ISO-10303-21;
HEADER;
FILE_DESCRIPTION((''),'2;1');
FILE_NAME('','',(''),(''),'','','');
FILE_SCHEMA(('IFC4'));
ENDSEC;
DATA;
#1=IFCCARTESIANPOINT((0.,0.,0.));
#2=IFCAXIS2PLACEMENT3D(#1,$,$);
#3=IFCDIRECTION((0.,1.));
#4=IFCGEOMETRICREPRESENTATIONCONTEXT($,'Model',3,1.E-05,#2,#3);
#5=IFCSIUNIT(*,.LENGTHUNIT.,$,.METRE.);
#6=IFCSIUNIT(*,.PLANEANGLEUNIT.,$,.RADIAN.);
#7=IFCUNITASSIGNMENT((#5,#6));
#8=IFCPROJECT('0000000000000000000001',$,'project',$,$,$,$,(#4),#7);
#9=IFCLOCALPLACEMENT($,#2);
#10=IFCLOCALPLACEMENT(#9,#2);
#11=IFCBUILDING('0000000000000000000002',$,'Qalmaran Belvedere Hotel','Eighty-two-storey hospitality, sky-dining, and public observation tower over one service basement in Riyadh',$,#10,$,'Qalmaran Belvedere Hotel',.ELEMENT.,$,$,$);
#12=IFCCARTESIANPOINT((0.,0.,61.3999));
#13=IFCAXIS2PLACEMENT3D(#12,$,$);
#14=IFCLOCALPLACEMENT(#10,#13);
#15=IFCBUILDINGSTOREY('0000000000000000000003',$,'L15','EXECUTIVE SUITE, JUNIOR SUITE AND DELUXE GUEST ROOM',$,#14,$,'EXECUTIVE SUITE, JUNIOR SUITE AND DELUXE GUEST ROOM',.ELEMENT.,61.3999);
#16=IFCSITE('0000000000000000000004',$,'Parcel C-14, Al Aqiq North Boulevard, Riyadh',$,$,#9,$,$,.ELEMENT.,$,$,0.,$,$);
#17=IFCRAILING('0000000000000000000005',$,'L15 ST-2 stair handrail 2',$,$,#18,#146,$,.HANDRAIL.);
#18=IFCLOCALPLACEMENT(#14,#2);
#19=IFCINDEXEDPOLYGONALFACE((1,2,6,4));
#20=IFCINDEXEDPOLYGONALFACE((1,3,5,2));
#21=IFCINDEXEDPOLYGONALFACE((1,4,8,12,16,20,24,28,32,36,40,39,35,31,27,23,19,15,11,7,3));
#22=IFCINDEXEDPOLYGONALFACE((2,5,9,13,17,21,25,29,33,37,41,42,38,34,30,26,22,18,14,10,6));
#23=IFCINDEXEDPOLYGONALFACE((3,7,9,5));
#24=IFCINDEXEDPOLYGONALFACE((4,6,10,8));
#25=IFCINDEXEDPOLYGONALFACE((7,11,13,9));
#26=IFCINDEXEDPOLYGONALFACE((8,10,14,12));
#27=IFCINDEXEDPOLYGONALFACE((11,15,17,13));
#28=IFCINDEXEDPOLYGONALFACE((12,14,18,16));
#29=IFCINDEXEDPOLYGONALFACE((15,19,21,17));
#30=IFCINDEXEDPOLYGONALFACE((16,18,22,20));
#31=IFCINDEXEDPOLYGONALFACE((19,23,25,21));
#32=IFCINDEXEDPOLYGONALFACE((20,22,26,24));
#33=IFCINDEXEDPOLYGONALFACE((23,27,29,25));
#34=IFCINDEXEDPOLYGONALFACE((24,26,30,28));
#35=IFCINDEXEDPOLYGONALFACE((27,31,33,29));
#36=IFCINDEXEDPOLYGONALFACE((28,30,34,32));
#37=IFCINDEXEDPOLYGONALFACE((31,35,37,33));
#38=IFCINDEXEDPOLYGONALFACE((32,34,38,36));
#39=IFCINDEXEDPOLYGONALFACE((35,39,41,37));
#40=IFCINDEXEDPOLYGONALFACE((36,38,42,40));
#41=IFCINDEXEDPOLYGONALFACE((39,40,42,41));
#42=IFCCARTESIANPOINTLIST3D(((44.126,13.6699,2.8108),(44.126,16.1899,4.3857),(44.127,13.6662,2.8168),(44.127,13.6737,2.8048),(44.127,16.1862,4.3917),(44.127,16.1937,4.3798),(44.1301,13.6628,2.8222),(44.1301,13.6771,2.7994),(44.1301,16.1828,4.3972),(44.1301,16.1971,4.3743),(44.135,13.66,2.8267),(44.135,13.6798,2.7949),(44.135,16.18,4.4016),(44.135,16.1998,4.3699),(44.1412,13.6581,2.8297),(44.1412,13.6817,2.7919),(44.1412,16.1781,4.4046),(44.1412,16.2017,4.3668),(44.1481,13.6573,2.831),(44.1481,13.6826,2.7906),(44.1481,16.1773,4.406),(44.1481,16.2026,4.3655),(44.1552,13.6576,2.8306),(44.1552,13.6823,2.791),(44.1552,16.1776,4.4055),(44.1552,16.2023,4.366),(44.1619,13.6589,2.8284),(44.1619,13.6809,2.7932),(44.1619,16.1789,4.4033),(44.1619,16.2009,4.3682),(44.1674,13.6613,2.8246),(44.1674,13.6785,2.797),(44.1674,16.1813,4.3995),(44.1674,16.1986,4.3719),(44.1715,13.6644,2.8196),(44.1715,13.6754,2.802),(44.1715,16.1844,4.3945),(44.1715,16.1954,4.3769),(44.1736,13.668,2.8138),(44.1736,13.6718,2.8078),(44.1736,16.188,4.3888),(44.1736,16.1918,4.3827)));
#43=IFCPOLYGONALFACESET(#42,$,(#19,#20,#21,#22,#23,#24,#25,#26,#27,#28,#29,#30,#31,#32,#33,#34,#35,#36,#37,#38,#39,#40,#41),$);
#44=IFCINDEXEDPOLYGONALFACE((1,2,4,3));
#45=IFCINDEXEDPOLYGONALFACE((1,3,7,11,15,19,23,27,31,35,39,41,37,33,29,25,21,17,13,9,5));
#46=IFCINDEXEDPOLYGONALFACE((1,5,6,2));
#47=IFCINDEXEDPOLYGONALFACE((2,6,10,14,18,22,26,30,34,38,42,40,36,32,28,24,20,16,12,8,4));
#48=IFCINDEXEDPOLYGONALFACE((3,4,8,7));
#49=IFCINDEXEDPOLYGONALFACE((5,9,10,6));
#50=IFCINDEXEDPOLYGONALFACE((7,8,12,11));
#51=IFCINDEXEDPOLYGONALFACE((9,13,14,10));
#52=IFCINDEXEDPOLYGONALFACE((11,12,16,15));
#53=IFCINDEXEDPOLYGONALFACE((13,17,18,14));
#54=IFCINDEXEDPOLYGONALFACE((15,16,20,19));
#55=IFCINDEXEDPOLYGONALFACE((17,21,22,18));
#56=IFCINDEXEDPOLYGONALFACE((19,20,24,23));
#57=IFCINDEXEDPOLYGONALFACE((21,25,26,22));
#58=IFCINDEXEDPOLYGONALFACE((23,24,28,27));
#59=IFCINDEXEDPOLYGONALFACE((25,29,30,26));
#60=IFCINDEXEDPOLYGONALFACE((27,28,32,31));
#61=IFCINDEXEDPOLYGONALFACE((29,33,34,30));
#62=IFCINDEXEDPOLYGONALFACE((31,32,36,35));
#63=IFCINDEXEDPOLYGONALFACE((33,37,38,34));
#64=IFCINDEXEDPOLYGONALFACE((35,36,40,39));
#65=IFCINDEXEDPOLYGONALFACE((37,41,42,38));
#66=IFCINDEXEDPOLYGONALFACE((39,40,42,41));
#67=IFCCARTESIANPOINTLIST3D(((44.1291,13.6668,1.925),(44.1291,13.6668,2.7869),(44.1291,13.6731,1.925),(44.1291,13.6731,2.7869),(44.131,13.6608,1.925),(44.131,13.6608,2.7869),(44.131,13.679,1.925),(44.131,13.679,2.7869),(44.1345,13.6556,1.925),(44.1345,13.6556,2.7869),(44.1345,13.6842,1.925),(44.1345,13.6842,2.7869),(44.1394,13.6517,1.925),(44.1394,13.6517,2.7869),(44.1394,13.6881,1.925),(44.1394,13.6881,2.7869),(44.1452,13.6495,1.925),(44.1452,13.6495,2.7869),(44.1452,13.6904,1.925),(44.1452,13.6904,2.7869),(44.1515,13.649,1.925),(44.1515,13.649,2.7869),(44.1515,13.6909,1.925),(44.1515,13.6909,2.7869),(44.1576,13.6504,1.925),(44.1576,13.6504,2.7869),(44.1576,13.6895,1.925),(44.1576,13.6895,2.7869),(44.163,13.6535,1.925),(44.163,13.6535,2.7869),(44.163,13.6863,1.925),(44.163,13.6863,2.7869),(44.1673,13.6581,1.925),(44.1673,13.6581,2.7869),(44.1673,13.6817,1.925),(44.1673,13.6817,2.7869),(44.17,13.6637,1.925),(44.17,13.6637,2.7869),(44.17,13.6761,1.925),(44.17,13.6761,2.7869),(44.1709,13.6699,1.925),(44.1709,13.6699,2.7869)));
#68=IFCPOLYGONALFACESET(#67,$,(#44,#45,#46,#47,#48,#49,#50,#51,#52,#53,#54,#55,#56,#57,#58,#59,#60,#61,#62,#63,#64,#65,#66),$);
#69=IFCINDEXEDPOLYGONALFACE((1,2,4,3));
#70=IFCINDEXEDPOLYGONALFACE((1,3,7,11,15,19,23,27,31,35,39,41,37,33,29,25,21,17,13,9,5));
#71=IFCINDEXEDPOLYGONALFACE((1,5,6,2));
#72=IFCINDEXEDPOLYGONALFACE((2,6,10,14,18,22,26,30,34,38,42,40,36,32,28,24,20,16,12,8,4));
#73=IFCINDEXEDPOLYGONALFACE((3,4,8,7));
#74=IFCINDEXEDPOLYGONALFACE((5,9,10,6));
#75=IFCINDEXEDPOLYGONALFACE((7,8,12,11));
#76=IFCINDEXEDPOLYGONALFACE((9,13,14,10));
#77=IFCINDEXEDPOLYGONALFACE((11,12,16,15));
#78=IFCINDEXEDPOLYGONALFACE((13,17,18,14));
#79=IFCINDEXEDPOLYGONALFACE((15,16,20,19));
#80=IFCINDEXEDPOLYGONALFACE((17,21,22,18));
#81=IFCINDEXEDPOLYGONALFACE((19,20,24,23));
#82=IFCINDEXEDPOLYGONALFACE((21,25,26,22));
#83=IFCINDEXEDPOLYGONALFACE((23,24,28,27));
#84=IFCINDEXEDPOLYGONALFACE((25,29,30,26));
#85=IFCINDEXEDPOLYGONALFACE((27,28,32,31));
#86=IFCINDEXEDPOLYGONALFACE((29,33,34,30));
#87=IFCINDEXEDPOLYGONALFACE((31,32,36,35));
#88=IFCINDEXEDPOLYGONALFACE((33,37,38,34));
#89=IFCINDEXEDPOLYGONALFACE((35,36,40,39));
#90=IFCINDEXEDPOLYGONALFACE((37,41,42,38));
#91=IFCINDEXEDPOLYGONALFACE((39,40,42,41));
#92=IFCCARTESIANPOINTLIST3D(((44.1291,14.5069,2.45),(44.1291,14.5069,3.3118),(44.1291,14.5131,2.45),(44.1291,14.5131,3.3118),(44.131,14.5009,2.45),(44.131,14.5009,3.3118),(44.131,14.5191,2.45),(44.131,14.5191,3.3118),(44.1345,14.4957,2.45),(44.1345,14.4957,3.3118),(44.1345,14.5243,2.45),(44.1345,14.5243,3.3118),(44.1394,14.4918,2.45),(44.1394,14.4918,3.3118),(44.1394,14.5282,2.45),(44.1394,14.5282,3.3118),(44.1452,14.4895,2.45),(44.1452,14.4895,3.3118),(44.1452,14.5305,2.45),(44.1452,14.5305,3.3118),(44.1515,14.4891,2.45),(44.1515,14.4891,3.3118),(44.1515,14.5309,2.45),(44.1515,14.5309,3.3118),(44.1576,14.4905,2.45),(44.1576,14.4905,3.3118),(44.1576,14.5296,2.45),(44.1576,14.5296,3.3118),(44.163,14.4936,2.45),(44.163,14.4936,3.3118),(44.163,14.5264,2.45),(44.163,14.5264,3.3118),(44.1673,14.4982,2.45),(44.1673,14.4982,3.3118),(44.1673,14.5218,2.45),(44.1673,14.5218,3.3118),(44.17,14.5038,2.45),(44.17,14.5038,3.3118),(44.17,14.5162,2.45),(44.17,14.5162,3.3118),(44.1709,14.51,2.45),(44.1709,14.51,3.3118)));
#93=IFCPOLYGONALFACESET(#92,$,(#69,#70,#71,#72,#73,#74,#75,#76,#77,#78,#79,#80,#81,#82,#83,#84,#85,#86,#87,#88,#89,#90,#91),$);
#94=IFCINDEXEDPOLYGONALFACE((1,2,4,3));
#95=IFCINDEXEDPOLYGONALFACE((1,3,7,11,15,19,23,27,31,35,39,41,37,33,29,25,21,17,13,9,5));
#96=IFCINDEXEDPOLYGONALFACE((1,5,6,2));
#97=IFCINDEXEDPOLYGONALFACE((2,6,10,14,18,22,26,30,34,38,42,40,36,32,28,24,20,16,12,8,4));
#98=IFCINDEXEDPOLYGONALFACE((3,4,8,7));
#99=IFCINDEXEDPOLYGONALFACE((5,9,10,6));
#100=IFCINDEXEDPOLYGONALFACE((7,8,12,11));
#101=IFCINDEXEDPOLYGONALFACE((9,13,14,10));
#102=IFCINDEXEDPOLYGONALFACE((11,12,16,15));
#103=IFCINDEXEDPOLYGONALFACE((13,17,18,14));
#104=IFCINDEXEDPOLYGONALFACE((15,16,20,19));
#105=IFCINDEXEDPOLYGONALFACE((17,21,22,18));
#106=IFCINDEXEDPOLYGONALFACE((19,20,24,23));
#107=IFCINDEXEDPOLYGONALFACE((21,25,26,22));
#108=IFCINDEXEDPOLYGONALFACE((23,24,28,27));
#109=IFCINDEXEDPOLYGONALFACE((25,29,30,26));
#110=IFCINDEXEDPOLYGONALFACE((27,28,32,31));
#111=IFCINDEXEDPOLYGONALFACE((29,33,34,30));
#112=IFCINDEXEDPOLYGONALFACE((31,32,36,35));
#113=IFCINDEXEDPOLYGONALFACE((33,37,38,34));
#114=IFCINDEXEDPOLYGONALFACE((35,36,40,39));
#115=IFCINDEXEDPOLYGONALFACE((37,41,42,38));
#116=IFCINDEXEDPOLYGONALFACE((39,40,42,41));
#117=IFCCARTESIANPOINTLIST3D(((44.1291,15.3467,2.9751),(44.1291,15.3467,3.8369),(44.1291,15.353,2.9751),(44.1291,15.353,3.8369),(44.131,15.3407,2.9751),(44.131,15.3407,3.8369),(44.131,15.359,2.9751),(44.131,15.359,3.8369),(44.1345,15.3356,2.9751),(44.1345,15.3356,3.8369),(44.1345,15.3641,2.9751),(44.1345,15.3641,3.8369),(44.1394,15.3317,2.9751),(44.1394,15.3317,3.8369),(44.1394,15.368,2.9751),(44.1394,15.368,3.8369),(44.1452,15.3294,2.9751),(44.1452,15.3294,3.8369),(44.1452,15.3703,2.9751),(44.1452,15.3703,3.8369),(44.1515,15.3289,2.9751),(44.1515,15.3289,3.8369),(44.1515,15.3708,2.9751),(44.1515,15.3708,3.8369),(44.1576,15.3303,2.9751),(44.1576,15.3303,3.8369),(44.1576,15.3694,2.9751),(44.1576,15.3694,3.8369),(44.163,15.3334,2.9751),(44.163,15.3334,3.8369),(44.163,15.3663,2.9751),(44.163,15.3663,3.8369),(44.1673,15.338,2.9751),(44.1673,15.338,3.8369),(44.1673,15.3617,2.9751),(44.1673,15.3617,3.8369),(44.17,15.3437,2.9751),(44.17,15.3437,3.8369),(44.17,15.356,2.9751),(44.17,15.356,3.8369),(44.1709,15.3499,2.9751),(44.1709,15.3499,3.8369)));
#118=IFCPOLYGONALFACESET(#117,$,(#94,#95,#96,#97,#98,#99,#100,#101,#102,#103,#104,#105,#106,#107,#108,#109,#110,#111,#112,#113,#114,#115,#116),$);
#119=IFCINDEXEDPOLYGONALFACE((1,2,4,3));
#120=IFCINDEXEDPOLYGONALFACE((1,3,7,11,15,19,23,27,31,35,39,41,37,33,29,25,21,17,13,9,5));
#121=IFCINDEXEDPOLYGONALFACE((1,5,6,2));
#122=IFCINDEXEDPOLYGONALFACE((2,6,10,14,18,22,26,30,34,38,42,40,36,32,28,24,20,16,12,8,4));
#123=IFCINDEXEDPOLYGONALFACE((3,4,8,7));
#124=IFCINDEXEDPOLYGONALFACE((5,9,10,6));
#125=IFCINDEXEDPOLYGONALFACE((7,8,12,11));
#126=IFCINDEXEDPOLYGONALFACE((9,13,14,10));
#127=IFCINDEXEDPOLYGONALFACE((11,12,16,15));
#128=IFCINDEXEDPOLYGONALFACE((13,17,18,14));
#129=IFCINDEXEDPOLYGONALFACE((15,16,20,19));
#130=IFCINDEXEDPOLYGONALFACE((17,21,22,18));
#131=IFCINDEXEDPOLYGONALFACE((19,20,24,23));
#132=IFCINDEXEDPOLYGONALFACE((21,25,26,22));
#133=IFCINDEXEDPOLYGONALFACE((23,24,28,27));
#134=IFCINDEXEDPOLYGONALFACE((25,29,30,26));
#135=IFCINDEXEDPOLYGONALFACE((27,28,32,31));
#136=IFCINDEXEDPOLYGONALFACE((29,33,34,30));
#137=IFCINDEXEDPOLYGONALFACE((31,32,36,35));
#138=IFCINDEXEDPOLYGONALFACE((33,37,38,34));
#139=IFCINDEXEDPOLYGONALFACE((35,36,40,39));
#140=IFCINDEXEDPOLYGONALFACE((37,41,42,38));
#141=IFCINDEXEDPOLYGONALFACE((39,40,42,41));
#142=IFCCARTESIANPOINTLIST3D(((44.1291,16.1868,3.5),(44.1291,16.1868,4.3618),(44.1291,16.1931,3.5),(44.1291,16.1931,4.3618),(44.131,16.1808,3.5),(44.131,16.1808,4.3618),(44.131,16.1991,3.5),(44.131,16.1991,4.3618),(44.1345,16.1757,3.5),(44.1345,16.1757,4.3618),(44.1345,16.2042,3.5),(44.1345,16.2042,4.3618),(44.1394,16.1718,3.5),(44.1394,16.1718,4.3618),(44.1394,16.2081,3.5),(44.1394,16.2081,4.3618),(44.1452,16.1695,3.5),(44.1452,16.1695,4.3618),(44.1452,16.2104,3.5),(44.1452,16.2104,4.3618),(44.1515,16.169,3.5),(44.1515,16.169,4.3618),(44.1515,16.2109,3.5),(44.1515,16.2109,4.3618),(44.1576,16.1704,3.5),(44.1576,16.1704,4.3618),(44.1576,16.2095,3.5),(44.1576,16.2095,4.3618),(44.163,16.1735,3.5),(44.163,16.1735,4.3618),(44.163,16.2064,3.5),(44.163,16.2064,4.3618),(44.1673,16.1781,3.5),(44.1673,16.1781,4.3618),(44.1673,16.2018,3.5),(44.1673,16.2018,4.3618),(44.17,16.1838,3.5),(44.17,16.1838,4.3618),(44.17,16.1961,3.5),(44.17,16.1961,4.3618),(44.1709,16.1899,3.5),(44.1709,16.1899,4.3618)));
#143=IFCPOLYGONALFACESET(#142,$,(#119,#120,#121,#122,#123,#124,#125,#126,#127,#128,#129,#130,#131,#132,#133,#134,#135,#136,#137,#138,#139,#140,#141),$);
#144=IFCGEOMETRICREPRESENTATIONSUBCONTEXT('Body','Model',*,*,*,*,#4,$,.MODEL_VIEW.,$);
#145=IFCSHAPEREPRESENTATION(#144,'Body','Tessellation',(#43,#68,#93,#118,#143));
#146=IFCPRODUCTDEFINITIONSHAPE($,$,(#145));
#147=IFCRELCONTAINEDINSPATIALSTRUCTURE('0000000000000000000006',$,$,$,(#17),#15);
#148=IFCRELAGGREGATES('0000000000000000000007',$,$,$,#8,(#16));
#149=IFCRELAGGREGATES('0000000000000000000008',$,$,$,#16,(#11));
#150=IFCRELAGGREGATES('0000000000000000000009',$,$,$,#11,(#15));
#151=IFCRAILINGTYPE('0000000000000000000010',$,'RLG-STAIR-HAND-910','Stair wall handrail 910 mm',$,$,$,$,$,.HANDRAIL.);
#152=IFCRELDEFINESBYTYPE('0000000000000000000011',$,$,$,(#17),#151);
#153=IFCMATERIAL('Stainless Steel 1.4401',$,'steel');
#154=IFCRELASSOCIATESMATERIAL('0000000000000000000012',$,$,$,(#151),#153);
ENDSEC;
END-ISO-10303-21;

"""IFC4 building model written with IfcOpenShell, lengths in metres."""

from ifc_helpers import new_model, si_unit, direction, frame, origin, origin_2d, place, context, subcontext, project, spatial, circle, extrude, material, type_object, element, save


model = new_model("IFC4")

# Units and contexts
model_context = context("Model", 3, precision=1e-05, world=origin(), true_north=direction((0.0, 1.0)))
body_context = subcontext(model_context, "Body", "Model", "MODEL_VIEW")
ifc_project = project(units=[si_unit("LENGTHUNIT", "METRE"), si_unit("PLANEANGLEUNIT", "RADIAN")], contexts=[model_context])

# Site, building, storey
site_placement = place(None, origin())
site = spatial("IfcSite", under=ifc_project, at=site_placement, Name="Parcel C-14, Al Aqiq North Boulevard, Riyadh", CompositionType="ELEMENT", RefElevation=0.0)
building_placement = place(site_placement, origin())
building = spatial("IfcBuilding", under=site, at=building_placement, Name="Qalmaran Belvedere Hotel", Description="Eighty-two-storey hospitality, sky-dining, and public observation tower over one service basement in Riyadh", LongName="Qalmaran Belvedere Hotel", CompositionType="ELEMENT")
storey_placement = place(building_placement, frame((0.0, 0.0, 61.3999)))
storey = spatial("IfcBuildingStorey", under=building, at=storey_placement, Name="L15", Description="EXECUTIVE SUITE, JUNIOR SUITE AND DELUXE GUEST ROOM", LongName="EXECUTIVE SUITE, JUNIOR SUITE AND DELUXE GUEST ROOM", CompositionType="ELEMENT", Elevation=61.3999)

# Shared definitions
ifc_material_1 = material(Name="Stainless Steel 1.4401", Category="steel")

# Railing
railing_type_1 = type_object("IfcRailingType", Name="RLG-STAIR-HAND-910", Description="Stair wall handrail 910 mm", PredefinedType="HANDRAIL", material=ifc_material_1)
railing_1_placement = place(storey_placement, frame((44.1499, 13.6699, 1.925)))
element("IfcRailing", 1, at=railing_1_placement, inside=storey, type_object=railing_type_1, Name="L15 ST-2 stair handrail 2", PredefinedType="HANDRAIL", context=body_context, shape_type="SweptSolid", body=[
    extrude(circle(Radius=0.0239, at=origin_2d()), frame((0.0, 0.0, 0.8857), z_axis=(0.0, 0.848008, 0.529984), x_axis=(-1.0, 0.0, 0.0)), (0.0, 0.0, 1.0), 2.9717),
    extrude(circle(Radius=0.021, at=origin_2d()), origin(), (0.0, 0.0, 1.0), 0.8618),
    extrude(circle(Radius=0.021, at=origin_2d()), frame((0.0, 0.8401, 0.5249)), (0.0, 0.0, 1.0), 0.8618),
    extrude(circle(Radius=0.021, at=origin_2d()), frame((0.0, 1.6799, 1.05)), (0.0, 0.0, 1.0), 0.8618),
    extrude(circle(Radius=0.021, at=origin_2d()), frame((0.0, 2.52, 1.575)), (0.0, 0.0, 1.0), 0.8618),
])

save(model, "model.ifc")
